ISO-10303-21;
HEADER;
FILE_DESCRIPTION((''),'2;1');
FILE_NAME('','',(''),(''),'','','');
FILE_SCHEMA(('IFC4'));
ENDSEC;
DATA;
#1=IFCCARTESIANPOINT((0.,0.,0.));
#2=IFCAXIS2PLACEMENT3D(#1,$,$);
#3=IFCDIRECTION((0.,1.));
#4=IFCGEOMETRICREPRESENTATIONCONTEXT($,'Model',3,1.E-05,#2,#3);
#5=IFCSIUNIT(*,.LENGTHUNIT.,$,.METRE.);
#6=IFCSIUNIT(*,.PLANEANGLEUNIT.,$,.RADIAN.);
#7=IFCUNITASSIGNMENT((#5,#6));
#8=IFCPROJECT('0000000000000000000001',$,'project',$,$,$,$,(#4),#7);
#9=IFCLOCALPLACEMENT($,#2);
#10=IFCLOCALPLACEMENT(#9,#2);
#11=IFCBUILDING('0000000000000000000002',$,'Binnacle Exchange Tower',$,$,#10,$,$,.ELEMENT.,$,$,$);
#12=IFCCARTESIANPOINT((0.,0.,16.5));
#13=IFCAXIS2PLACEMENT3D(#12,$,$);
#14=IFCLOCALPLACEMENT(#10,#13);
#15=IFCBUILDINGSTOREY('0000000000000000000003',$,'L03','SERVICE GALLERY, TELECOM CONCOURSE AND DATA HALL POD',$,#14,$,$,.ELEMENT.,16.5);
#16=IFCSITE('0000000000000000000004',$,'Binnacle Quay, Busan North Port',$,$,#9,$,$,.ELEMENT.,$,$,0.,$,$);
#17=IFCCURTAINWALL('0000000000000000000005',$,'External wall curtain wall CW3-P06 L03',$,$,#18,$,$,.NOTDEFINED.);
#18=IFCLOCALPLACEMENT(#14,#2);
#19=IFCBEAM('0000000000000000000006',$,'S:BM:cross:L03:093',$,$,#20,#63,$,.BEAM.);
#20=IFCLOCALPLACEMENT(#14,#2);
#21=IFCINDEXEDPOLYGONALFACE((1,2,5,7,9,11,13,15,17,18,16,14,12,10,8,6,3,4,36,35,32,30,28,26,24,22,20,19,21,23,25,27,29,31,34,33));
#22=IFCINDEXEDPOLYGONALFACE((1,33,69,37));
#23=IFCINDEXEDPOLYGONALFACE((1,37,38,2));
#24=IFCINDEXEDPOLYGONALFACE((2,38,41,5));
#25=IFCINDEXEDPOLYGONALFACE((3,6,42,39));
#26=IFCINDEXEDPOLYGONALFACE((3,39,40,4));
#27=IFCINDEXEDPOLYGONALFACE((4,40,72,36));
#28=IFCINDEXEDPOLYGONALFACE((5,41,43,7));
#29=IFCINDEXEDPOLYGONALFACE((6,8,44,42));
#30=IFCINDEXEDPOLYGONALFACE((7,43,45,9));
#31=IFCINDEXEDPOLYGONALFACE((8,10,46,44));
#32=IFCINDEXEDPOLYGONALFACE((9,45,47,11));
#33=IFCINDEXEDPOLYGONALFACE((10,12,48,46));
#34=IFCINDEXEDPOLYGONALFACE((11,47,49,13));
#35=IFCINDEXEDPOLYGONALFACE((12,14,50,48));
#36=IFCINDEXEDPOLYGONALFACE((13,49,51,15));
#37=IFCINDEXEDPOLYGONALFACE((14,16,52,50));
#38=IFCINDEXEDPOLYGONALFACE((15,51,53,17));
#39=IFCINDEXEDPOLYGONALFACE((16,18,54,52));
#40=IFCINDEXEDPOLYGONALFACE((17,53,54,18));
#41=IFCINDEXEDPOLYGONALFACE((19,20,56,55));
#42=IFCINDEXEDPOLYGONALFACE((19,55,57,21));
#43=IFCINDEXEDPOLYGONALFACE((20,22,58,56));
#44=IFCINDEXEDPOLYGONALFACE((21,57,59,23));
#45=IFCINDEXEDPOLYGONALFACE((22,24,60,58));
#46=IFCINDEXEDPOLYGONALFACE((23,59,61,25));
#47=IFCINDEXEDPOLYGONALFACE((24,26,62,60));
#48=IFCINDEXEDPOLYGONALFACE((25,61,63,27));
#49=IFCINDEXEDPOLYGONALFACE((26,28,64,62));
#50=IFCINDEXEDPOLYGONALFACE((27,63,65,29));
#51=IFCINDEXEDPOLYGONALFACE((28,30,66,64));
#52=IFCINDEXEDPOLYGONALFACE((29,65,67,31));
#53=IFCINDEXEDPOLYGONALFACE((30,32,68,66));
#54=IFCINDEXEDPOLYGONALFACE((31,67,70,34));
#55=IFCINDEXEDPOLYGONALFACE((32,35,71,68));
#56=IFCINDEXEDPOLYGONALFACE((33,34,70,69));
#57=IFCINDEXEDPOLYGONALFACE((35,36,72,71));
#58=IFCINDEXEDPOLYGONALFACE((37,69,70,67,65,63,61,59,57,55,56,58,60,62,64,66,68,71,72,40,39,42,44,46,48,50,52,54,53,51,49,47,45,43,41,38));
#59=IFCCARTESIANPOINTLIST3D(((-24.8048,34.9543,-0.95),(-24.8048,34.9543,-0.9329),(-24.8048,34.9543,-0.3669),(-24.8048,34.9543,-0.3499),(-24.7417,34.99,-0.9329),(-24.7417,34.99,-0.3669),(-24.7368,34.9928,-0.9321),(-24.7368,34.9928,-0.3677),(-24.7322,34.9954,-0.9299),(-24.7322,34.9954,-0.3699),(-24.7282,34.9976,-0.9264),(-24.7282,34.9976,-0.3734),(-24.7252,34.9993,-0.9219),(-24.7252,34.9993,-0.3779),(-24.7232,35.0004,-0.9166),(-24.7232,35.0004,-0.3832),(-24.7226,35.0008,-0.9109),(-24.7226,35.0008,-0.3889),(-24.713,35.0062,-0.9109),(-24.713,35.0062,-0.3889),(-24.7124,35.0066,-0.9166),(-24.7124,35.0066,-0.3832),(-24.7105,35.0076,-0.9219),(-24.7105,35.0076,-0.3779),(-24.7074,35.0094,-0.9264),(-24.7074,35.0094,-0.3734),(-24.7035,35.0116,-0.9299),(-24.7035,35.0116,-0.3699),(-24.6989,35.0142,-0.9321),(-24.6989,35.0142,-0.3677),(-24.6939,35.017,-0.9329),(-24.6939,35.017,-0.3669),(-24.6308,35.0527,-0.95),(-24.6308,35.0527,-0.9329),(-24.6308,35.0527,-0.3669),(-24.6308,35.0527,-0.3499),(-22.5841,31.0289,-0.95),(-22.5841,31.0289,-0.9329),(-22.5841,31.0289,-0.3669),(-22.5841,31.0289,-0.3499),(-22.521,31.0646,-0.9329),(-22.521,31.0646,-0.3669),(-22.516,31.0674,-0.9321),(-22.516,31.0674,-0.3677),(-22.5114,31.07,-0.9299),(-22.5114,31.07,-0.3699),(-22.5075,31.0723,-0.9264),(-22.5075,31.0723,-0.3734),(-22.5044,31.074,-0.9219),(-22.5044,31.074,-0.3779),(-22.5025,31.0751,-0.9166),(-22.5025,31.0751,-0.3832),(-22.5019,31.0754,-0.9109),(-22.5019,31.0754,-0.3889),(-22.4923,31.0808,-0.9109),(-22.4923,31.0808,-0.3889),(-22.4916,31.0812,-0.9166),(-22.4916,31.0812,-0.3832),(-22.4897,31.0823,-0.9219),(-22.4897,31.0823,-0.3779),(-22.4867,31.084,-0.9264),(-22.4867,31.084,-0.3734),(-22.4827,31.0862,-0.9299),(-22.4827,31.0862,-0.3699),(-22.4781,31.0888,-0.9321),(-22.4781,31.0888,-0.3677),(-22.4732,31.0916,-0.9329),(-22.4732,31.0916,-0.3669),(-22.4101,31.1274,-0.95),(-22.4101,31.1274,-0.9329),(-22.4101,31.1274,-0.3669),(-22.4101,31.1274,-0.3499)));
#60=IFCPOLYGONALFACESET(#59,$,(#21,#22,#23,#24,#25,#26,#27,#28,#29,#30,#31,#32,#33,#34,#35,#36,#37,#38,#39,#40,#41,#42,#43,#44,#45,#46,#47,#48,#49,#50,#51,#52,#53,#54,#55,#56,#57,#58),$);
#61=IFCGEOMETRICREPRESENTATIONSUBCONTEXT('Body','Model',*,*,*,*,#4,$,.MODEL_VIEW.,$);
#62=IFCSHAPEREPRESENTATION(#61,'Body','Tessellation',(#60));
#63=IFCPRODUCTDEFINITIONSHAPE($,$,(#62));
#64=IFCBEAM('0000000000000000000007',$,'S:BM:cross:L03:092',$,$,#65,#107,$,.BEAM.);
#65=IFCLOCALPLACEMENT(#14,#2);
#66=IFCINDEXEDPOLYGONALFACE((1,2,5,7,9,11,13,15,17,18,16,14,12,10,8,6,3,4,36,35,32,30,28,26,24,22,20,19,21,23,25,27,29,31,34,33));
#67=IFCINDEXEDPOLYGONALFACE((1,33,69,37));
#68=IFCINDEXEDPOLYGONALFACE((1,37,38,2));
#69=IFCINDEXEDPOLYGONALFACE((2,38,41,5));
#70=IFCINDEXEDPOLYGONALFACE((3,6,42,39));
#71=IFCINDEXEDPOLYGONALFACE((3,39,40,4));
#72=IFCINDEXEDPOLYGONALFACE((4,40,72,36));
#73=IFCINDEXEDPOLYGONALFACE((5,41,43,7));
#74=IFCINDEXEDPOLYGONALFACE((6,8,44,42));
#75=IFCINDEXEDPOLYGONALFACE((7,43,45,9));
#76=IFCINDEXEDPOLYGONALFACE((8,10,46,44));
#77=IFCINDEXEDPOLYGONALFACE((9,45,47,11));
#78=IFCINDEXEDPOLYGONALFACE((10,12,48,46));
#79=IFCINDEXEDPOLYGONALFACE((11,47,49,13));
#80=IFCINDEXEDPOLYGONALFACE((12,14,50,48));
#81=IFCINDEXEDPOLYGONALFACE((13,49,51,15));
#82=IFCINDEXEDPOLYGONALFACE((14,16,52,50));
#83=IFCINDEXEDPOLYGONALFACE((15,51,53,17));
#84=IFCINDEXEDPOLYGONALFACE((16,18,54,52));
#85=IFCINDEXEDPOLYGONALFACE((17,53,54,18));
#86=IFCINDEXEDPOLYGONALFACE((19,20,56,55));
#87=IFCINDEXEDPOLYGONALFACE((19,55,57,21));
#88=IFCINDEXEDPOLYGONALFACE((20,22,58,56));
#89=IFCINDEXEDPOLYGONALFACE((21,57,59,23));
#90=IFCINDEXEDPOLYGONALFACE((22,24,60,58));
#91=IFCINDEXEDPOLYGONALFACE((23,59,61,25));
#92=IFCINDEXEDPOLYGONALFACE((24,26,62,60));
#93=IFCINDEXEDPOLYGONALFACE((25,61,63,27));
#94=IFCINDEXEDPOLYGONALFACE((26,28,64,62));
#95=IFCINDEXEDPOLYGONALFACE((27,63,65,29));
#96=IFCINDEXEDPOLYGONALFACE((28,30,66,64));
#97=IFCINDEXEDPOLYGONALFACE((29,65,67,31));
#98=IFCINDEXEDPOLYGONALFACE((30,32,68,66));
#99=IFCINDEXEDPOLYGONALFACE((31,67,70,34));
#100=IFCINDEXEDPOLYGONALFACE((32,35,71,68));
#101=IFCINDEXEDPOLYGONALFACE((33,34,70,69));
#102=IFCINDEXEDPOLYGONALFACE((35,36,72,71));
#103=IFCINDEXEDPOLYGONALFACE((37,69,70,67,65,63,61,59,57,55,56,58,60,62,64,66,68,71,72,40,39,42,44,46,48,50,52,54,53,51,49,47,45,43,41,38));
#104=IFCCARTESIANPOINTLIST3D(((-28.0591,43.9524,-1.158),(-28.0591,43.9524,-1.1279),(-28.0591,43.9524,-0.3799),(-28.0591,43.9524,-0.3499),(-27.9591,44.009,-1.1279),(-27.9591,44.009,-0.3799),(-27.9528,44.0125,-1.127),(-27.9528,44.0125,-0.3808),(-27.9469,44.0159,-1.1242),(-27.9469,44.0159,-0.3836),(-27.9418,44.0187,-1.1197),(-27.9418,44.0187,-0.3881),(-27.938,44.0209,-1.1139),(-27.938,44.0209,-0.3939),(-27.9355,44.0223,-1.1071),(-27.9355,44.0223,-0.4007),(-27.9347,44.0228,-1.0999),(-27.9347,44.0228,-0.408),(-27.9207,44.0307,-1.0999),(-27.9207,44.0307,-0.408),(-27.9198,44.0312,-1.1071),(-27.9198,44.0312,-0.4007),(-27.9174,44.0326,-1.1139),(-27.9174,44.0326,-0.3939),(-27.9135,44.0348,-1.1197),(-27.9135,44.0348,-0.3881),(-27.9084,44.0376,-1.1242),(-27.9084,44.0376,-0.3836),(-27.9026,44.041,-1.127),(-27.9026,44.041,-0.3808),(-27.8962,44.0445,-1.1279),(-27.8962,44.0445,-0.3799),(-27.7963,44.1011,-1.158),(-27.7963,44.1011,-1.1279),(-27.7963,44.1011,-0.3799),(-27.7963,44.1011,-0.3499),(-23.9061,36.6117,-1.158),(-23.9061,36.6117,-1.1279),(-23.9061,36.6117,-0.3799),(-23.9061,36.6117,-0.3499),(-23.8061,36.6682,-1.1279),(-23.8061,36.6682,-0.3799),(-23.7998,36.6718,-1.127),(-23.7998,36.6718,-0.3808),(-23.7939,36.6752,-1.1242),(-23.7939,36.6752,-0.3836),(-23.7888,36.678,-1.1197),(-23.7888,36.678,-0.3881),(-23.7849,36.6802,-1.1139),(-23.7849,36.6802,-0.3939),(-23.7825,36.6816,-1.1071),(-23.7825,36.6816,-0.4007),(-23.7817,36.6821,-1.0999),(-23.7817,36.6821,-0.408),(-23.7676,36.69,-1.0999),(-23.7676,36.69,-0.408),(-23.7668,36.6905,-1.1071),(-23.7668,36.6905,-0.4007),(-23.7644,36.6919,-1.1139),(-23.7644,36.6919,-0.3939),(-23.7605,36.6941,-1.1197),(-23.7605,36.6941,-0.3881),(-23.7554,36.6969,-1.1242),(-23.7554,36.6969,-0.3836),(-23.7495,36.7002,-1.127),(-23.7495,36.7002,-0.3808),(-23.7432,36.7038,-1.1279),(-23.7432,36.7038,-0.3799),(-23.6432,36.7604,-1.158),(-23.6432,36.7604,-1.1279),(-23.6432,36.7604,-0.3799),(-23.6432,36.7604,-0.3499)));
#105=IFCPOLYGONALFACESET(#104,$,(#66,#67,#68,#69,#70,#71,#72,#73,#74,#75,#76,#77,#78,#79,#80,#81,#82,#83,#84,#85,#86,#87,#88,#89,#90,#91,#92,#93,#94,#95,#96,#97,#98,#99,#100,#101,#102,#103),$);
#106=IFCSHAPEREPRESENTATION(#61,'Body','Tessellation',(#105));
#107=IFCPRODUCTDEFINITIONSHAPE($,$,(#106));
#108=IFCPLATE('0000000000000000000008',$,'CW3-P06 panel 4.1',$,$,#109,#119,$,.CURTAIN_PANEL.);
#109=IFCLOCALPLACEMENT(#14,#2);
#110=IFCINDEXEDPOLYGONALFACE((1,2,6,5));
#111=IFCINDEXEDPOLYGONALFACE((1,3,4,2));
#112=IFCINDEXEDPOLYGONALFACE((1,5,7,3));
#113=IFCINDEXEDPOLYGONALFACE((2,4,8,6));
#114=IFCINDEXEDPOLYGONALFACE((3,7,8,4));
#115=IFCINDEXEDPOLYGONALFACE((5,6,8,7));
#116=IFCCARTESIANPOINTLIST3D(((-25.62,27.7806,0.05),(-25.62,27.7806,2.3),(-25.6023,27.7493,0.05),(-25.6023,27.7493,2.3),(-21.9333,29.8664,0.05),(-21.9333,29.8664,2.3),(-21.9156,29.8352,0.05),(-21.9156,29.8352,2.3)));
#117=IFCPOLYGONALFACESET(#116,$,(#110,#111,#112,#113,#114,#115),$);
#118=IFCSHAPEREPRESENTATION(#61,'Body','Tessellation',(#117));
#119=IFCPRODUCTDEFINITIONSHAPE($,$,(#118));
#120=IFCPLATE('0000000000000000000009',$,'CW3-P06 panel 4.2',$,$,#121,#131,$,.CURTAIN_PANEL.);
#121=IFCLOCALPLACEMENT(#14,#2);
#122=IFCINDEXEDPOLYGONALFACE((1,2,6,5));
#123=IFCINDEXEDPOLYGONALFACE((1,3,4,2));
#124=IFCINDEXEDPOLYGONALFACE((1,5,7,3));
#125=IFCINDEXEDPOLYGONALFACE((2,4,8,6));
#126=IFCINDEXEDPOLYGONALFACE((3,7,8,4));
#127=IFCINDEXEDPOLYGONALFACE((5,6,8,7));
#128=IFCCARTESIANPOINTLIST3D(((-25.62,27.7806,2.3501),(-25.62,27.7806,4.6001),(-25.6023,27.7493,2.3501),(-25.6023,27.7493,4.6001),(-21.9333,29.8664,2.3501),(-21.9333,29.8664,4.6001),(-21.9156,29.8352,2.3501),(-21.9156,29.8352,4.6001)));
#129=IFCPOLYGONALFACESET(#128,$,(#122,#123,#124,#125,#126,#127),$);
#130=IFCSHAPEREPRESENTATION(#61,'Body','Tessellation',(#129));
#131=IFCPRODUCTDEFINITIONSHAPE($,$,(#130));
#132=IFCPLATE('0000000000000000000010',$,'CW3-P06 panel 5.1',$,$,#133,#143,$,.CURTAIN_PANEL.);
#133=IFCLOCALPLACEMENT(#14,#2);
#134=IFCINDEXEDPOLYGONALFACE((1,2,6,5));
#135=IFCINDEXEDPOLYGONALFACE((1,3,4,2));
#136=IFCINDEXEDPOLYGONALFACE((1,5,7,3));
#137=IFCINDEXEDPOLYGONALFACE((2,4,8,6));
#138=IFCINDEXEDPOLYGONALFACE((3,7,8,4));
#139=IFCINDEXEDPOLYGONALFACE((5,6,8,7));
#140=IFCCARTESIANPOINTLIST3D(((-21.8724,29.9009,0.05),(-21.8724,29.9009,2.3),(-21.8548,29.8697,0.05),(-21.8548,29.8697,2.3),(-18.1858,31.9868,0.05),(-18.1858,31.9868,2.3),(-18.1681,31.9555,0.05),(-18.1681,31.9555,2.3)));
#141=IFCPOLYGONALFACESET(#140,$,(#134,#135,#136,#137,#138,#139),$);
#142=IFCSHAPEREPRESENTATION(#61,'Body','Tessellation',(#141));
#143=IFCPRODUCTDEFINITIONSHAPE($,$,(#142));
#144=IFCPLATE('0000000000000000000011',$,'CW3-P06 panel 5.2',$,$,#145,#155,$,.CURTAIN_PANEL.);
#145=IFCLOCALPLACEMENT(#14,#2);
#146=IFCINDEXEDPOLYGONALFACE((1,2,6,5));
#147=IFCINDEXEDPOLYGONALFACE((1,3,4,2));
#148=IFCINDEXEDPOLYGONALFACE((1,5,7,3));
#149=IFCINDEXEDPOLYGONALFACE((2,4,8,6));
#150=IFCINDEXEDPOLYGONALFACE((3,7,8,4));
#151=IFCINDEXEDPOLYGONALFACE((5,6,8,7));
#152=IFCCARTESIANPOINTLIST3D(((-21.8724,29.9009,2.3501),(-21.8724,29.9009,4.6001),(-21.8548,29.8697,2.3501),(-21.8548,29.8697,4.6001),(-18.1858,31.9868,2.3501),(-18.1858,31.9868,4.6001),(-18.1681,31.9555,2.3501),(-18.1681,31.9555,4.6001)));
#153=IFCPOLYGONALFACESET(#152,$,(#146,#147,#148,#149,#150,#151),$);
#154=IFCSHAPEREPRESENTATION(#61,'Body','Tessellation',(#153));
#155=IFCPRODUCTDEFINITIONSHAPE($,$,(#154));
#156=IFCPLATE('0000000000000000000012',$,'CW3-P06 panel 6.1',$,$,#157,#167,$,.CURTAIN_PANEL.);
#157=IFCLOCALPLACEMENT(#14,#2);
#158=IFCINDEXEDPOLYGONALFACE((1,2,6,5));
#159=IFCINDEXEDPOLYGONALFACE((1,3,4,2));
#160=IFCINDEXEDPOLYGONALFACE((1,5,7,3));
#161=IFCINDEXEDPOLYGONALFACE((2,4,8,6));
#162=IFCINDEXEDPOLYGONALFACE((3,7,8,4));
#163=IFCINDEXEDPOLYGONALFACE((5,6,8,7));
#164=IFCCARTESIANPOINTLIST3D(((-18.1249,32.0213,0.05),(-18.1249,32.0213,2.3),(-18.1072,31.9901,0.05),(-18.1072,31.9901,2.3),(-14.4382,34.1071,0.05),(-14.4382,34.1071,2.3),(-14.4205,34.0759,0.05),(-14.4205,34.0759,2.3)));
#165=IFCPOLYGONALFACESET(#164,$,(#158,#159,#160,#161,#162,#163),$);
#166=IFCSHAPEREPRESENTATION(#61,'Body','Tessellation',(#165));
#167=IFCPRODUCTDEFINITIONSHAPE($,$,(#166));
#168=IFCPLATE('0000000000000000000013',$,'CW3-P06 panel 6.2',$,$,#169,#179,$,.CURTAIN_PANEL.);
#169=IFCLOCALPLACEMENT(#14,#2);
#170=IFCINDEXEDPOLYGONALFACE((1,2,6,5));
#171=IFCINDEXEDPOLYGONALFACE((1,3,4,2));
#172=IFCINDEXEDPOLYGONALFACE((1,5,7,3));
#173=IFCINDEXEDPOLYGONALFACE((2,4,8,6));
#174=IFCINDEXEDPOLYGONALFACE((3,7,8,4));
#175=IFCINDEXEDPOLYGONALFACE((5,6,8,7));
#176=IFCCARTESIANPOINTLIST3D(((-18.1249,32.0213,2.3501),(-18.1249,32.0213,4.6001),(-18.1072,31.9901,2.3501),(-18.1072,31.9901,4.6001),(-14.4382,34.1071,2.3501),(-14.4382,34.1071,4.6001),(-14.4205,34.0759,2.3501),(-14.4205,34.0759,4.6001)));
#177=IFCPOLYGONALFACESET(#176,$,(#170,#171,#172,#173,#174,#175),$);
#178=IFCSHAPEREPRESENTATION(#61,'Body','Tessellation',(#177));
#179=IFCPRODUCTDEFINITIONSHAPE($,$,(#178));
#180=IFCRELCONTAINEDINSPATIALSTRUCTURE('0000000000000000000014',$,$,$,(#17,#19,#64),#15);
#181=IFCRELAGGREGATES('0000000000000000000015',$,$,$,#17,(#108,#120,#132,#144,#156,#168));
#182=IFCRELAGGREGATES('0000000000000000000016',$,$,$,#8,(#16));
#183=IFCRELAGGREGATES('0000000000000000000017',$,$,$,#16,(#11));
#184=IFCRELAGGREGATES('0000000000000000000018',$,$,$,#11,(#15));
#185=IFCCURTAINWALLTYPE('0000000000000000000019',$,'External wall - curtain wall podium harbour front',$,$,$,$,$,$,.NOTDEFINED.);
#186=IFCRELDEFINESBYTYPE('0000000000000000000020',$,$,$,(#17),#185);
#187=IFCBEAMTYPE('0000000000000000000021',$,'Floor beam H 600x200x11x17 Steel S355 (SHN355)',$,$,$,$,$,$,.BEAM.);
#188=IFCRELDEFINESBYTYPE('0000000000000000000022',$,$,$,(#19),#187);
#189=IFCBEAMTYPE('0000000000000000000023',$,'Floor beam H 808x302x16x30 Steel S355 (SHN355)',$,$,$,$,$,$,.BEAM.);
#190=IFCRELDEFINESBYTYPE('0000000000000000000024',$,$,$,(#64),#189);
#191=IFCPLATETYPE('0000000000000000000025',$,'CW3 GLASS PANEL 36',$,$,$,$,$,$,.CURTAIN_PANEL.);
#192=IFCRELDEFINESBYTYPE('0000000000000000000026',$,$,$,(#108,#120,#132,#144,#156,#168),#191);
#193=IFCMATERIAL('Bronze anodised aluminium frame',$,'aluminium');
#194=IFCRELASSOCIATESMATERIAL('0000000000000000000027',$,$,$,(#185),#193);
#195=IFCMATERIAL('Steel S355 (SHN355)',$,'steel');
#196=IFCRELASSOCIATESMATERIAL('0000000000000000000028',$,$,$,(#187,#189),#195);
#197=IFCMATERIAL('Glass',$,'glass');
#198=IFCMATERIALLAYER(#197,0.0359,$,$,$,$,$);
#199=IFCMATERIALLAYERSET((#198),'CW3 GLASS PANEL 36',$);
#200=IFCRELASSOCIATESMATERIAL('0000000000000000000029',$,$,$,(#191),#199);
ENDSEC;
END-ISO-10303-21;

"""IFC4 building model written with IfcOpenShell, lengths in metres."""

from ifc_helpers import new_model, si_unit, direction, frame, origin, origin_2d, place, context, subcontext, project, spatial, rectangle, i_section, extrude, material, layer, layer_set, material_profile, profile_set, type_object, element, aggregate, save


model = new_model("IFC4")

# Units and contexts
model_context = context("Model", 3, precision=1e-05, world=origin(), true_north=direction((0.0, 1.0)))
body_context = subcontext(model_context, "Body", "Model", "MODEL_VIEW")
ifc_project = project(units=[si_unit("LENGTHUNIT", "METRE"), si_unit("PLANEANGLEUNIT", "RADIAN")], contexts=[model_context])

# Site, building, storey
site_placement = place(None, origin())
site = spatial("IfcSite", under=ifc_project, at=site_placement, Name="Binnacle Quay, Busan North Port", CompositionType="ELEMENT", RefElevation=0.0)
building_placement = place(site_placement, origin())
building = spatial("IfcBuilding", under=site, at=building_placement, Name="Binnacle Exchange Tower", CompositionType="ELEMENT")
storey_placement = place(building_placement, frame((0.0, 0.0, 16.5)))
storey = spatial("IfcBuildingStorey", under=building, at=storey_placement, Name="L03", Description="SERVICE GALLERY, TELECOM CONCOURSE AND DATA HALL POD", CompositionType="ELEMENT", Elevation=16.5)

# Curtain wall
ifc_material_1 = material(Name="Bronze anodised aluminium frame", Category="aluminium")
curtain_wall_type = type_object("IfcCurtainWallType", Name="External wall - curtain wall podium harbour front", PredefinedType="NOTDEFINED", material=ifc_material_1)
curtain_wall_placement = place(storey_placement, origin())
curtain_wall = element("IfcCurtainWall", 1, at=curtain_wall_placement, inside=storey, type_object=curtain_wall_type, Name="External wall curtain wall CW3-P06 L03", PredefinedType="NOTDEFINED")

# Beams
ifc_material_2 = material(Name="Steel S355 (SHN355)", Category="steel")
ifc_material_profile_1 = material_profile(ifc_material_2, i_section(OverallWidth=0.2, OverallDepth=0.6001, WebThickness=0.011, FlangeThickness=0.0171, FilletRadius=0.022, at=origin_2d()), Name="H 600x200x11x17")
ifc_profile_set_1 = profile_set([ifc_material_profile_1], Name="Steel S355 (SHN355)")
beam_type_1 = type_object("IfcBeamType", Name="Floor beam H 600x200x11x17 Steel S355 (SHN355)", PredefinedType="BEAM", material=ifc_profile_set_1)
beam_1_placement = place(storey_placement, frame((-22.4971, 31.0781, -0.6499), z_axis=(-0.492403, 0.870367, 0.0), x_axis=(-0.870367, -0.492403, 0.0)))
element("IfcBeam", 2, at=beam_1_placement, inside=storey, type_object=beam_type_1, Name="S:BM:cross:L03:093", PredefinedType="BEAM", context=body_context, shape_type="SweptSolid", body=[
    extrude(i_section(OverallWidth=0.2, OverallDepth=0.6001, WebThickness=0.011, FlangeThickness=0.0171, FilletRadius=0.022, at=origin_2d()), origin(), (0.0, 0.0, 1.0), 4.51),
])
ifc_material_profile_2 = material_profile(ifc_material_2, i_section(OverallWidth=0.302, OverallDepth=0.8081, WebThickness=0.0161, FlangeThickness=0.03, FilletRadius=0.0281, at=origin_2d()), Name="H 808x302x16x30")
ifc_profile_set_2 = profile_set([ifc_material_profile_2], Name="Steel S355 (SHN355)")
beam_type_2 = type_object("IfcBeamType", Name="Floor beam H 808x302x16x30 Steel S355 (SHN355)", PredefinedType="BEAM", material=ifc_profile_set_2)
beam_2_placement = place(storey_placement, frame((-23.7747, 36.686, -0.7539), z_axis=(-0.492409, 0.870364, 0.0), x_axis=(-0.870364, -0.492409, 0.0)))
element("IfcBeam", 3, at=beam_2_placement, inside=storey, type_object=beam_type_2, Name="S:BM:cross:L03:092", PredefinedType="BEAM", context=body_context, shape_type="SweptSolid", body=[
    extrude(i_section(OverallWidth=0.302, OverallDepth=0.8081, WebThickness=0.0161, FlangeThickness=0.03, FilletRadius=0.0281, at=origin_2d()), origin(), (0.0, 0.0, 1.0), 8.4341),
])

# Plates
ifc_material_3 = material(Name="Glass", Category="glass")
ifc_layer_1 = layer(ifc_material_3, 0.0359)
ifc_layer_set_1 = layer_set([ifc_layer_1], Name="CW3 GLASS PANEL 36")
plate_type = type_object("IfcPlateType", Name="CW3 GLASS PANEL 36", PredefinedType="CURTAIN_PANEL", material=ifc_layer_set_1)
plate_1_placement = place(storey_placement, frame((-23.7678, 28.8079, 0.05), z_axis=(0.0, 0.0, 1.0), x_axis=(0.870356, 0.492424, 0.0)))
plate_1 = element("IfcPlate", 4, at=plate_1_placement, type_object=plate_type, Name="CW3-P06 panel 4.1", PredefinedType="CURTAIN_PANEL", context=body_context, shape_type="SweptSolid", body=[
    extrude(rectangle(XDim=4.2358, YDim=0.0359, at=origin_2d()), origin(), (0.0, 0.0, 1.0), 2.25),
])
plate_2_placement = place(storey_placement, frame((-23.7678, 28.8079, 2.3501), z_axis=(0.0, 0.0, 1.0), x_axis=(0.870356, 0.492424, 0.0)))
plate_2 = element("IfcPlate", 5, at=plate_2_placement, type_object=plate_type, Name="CW3-P06 panel 4.2", PredefinedType="CURTAIN_PANEL", context=body_context, shape_type="SweptSolid", body=[
    extrude(rectangle(XDim=4.2358, YDim=0.0359, at=origin_2d()), origin(), (0.0, 0.0, 1.0), 2.25),
])
plate_3_placement = place(storey_placement, frame((-20.0203, 30.9282, 0.05), z_axis=(0.0, 0.0, 1.0), x_axis=(0.870356, 0.492424, 0.0)))
plate_3 = element("IfcPlate", 6, at=plate_3_placement, type_object=plate_type, Name="CW3-P06 panel 5.1", PredefinedType="CURTAIN_PANEL", context=body_context, shape_type="SweptSolid", body=[
    extrude(rectangle(XDim=4.2358, YDim=0.0359, at=origin_2d()), origin(), (0.0, 0.0, 1.0), 2.25),
])
plate_4_placement = place(storey_placement, frame((-20.0203, 30.9282, 2.3501), z_axis=(0.0, 0.0, 1.0), x_axis=(0.870356, 0.492424, 0.0)))
plate_4 = element("IfcPlate", 7, at=plate_4_placement, type_object=plate_type, Name="CW3-P06 panel 5.2", PredefinedType="CURTAIN_PANEL", context=body_context, shape_type="SweptSolid", body=[
    extrude(rectangle(XDim=4.2358, YDim=0.0359, at=origin_2d()), origin(), (0.0, 0.0, 1.0), 2.25),
])
plate_5_placement = place(storey_placement, frame((-16.2727, 33.0486, 0.05), z_axis=(0.0, 0.0, 1.0), x_axis=(0.870356, 0.492424, 0.0)))
plate_5 = element("IfcPlate", 8, at=plate_5_placement, type_object=plate_type, Name="CW3-P06 panel 6.1", PredefinedType="CURTAIN_PANEL", context=body_context, shape_type="SweptSolid", body=[
    extrude(rectangle(XDim=4.2358, YDim=0.0359, at=origin_2d()), origin(), (0.0, 0.0, 1.0), 2.25),
])
plate_6_placement = place(storey_placement, frame((-16.2727, 33.0486, 2.3501), z_axis=(0.0, 0.0, 1.0), x_axis=(0.870356, 0.492424, 0.0)))
plate_6 = element("IfcPlate", 9, at=plate_6_placement, type_object=plate_type, Name="CW3-P06 panel 6.2", PredefinedType="CURTAIN_PANEL", context=body_context, shape_type="SweptSolid", body=[
    extrude(rectangle(XDim=4.2358, YDim=0.0359, at=origin_2d()), origin(), (0.0, 0.0, 1.0), 2.25),
])
aggregate(curtain_wall, [plate_1, plate_2, plate_3, plate_4, plate_5, plate_6])

save(model, "model.ifc")
